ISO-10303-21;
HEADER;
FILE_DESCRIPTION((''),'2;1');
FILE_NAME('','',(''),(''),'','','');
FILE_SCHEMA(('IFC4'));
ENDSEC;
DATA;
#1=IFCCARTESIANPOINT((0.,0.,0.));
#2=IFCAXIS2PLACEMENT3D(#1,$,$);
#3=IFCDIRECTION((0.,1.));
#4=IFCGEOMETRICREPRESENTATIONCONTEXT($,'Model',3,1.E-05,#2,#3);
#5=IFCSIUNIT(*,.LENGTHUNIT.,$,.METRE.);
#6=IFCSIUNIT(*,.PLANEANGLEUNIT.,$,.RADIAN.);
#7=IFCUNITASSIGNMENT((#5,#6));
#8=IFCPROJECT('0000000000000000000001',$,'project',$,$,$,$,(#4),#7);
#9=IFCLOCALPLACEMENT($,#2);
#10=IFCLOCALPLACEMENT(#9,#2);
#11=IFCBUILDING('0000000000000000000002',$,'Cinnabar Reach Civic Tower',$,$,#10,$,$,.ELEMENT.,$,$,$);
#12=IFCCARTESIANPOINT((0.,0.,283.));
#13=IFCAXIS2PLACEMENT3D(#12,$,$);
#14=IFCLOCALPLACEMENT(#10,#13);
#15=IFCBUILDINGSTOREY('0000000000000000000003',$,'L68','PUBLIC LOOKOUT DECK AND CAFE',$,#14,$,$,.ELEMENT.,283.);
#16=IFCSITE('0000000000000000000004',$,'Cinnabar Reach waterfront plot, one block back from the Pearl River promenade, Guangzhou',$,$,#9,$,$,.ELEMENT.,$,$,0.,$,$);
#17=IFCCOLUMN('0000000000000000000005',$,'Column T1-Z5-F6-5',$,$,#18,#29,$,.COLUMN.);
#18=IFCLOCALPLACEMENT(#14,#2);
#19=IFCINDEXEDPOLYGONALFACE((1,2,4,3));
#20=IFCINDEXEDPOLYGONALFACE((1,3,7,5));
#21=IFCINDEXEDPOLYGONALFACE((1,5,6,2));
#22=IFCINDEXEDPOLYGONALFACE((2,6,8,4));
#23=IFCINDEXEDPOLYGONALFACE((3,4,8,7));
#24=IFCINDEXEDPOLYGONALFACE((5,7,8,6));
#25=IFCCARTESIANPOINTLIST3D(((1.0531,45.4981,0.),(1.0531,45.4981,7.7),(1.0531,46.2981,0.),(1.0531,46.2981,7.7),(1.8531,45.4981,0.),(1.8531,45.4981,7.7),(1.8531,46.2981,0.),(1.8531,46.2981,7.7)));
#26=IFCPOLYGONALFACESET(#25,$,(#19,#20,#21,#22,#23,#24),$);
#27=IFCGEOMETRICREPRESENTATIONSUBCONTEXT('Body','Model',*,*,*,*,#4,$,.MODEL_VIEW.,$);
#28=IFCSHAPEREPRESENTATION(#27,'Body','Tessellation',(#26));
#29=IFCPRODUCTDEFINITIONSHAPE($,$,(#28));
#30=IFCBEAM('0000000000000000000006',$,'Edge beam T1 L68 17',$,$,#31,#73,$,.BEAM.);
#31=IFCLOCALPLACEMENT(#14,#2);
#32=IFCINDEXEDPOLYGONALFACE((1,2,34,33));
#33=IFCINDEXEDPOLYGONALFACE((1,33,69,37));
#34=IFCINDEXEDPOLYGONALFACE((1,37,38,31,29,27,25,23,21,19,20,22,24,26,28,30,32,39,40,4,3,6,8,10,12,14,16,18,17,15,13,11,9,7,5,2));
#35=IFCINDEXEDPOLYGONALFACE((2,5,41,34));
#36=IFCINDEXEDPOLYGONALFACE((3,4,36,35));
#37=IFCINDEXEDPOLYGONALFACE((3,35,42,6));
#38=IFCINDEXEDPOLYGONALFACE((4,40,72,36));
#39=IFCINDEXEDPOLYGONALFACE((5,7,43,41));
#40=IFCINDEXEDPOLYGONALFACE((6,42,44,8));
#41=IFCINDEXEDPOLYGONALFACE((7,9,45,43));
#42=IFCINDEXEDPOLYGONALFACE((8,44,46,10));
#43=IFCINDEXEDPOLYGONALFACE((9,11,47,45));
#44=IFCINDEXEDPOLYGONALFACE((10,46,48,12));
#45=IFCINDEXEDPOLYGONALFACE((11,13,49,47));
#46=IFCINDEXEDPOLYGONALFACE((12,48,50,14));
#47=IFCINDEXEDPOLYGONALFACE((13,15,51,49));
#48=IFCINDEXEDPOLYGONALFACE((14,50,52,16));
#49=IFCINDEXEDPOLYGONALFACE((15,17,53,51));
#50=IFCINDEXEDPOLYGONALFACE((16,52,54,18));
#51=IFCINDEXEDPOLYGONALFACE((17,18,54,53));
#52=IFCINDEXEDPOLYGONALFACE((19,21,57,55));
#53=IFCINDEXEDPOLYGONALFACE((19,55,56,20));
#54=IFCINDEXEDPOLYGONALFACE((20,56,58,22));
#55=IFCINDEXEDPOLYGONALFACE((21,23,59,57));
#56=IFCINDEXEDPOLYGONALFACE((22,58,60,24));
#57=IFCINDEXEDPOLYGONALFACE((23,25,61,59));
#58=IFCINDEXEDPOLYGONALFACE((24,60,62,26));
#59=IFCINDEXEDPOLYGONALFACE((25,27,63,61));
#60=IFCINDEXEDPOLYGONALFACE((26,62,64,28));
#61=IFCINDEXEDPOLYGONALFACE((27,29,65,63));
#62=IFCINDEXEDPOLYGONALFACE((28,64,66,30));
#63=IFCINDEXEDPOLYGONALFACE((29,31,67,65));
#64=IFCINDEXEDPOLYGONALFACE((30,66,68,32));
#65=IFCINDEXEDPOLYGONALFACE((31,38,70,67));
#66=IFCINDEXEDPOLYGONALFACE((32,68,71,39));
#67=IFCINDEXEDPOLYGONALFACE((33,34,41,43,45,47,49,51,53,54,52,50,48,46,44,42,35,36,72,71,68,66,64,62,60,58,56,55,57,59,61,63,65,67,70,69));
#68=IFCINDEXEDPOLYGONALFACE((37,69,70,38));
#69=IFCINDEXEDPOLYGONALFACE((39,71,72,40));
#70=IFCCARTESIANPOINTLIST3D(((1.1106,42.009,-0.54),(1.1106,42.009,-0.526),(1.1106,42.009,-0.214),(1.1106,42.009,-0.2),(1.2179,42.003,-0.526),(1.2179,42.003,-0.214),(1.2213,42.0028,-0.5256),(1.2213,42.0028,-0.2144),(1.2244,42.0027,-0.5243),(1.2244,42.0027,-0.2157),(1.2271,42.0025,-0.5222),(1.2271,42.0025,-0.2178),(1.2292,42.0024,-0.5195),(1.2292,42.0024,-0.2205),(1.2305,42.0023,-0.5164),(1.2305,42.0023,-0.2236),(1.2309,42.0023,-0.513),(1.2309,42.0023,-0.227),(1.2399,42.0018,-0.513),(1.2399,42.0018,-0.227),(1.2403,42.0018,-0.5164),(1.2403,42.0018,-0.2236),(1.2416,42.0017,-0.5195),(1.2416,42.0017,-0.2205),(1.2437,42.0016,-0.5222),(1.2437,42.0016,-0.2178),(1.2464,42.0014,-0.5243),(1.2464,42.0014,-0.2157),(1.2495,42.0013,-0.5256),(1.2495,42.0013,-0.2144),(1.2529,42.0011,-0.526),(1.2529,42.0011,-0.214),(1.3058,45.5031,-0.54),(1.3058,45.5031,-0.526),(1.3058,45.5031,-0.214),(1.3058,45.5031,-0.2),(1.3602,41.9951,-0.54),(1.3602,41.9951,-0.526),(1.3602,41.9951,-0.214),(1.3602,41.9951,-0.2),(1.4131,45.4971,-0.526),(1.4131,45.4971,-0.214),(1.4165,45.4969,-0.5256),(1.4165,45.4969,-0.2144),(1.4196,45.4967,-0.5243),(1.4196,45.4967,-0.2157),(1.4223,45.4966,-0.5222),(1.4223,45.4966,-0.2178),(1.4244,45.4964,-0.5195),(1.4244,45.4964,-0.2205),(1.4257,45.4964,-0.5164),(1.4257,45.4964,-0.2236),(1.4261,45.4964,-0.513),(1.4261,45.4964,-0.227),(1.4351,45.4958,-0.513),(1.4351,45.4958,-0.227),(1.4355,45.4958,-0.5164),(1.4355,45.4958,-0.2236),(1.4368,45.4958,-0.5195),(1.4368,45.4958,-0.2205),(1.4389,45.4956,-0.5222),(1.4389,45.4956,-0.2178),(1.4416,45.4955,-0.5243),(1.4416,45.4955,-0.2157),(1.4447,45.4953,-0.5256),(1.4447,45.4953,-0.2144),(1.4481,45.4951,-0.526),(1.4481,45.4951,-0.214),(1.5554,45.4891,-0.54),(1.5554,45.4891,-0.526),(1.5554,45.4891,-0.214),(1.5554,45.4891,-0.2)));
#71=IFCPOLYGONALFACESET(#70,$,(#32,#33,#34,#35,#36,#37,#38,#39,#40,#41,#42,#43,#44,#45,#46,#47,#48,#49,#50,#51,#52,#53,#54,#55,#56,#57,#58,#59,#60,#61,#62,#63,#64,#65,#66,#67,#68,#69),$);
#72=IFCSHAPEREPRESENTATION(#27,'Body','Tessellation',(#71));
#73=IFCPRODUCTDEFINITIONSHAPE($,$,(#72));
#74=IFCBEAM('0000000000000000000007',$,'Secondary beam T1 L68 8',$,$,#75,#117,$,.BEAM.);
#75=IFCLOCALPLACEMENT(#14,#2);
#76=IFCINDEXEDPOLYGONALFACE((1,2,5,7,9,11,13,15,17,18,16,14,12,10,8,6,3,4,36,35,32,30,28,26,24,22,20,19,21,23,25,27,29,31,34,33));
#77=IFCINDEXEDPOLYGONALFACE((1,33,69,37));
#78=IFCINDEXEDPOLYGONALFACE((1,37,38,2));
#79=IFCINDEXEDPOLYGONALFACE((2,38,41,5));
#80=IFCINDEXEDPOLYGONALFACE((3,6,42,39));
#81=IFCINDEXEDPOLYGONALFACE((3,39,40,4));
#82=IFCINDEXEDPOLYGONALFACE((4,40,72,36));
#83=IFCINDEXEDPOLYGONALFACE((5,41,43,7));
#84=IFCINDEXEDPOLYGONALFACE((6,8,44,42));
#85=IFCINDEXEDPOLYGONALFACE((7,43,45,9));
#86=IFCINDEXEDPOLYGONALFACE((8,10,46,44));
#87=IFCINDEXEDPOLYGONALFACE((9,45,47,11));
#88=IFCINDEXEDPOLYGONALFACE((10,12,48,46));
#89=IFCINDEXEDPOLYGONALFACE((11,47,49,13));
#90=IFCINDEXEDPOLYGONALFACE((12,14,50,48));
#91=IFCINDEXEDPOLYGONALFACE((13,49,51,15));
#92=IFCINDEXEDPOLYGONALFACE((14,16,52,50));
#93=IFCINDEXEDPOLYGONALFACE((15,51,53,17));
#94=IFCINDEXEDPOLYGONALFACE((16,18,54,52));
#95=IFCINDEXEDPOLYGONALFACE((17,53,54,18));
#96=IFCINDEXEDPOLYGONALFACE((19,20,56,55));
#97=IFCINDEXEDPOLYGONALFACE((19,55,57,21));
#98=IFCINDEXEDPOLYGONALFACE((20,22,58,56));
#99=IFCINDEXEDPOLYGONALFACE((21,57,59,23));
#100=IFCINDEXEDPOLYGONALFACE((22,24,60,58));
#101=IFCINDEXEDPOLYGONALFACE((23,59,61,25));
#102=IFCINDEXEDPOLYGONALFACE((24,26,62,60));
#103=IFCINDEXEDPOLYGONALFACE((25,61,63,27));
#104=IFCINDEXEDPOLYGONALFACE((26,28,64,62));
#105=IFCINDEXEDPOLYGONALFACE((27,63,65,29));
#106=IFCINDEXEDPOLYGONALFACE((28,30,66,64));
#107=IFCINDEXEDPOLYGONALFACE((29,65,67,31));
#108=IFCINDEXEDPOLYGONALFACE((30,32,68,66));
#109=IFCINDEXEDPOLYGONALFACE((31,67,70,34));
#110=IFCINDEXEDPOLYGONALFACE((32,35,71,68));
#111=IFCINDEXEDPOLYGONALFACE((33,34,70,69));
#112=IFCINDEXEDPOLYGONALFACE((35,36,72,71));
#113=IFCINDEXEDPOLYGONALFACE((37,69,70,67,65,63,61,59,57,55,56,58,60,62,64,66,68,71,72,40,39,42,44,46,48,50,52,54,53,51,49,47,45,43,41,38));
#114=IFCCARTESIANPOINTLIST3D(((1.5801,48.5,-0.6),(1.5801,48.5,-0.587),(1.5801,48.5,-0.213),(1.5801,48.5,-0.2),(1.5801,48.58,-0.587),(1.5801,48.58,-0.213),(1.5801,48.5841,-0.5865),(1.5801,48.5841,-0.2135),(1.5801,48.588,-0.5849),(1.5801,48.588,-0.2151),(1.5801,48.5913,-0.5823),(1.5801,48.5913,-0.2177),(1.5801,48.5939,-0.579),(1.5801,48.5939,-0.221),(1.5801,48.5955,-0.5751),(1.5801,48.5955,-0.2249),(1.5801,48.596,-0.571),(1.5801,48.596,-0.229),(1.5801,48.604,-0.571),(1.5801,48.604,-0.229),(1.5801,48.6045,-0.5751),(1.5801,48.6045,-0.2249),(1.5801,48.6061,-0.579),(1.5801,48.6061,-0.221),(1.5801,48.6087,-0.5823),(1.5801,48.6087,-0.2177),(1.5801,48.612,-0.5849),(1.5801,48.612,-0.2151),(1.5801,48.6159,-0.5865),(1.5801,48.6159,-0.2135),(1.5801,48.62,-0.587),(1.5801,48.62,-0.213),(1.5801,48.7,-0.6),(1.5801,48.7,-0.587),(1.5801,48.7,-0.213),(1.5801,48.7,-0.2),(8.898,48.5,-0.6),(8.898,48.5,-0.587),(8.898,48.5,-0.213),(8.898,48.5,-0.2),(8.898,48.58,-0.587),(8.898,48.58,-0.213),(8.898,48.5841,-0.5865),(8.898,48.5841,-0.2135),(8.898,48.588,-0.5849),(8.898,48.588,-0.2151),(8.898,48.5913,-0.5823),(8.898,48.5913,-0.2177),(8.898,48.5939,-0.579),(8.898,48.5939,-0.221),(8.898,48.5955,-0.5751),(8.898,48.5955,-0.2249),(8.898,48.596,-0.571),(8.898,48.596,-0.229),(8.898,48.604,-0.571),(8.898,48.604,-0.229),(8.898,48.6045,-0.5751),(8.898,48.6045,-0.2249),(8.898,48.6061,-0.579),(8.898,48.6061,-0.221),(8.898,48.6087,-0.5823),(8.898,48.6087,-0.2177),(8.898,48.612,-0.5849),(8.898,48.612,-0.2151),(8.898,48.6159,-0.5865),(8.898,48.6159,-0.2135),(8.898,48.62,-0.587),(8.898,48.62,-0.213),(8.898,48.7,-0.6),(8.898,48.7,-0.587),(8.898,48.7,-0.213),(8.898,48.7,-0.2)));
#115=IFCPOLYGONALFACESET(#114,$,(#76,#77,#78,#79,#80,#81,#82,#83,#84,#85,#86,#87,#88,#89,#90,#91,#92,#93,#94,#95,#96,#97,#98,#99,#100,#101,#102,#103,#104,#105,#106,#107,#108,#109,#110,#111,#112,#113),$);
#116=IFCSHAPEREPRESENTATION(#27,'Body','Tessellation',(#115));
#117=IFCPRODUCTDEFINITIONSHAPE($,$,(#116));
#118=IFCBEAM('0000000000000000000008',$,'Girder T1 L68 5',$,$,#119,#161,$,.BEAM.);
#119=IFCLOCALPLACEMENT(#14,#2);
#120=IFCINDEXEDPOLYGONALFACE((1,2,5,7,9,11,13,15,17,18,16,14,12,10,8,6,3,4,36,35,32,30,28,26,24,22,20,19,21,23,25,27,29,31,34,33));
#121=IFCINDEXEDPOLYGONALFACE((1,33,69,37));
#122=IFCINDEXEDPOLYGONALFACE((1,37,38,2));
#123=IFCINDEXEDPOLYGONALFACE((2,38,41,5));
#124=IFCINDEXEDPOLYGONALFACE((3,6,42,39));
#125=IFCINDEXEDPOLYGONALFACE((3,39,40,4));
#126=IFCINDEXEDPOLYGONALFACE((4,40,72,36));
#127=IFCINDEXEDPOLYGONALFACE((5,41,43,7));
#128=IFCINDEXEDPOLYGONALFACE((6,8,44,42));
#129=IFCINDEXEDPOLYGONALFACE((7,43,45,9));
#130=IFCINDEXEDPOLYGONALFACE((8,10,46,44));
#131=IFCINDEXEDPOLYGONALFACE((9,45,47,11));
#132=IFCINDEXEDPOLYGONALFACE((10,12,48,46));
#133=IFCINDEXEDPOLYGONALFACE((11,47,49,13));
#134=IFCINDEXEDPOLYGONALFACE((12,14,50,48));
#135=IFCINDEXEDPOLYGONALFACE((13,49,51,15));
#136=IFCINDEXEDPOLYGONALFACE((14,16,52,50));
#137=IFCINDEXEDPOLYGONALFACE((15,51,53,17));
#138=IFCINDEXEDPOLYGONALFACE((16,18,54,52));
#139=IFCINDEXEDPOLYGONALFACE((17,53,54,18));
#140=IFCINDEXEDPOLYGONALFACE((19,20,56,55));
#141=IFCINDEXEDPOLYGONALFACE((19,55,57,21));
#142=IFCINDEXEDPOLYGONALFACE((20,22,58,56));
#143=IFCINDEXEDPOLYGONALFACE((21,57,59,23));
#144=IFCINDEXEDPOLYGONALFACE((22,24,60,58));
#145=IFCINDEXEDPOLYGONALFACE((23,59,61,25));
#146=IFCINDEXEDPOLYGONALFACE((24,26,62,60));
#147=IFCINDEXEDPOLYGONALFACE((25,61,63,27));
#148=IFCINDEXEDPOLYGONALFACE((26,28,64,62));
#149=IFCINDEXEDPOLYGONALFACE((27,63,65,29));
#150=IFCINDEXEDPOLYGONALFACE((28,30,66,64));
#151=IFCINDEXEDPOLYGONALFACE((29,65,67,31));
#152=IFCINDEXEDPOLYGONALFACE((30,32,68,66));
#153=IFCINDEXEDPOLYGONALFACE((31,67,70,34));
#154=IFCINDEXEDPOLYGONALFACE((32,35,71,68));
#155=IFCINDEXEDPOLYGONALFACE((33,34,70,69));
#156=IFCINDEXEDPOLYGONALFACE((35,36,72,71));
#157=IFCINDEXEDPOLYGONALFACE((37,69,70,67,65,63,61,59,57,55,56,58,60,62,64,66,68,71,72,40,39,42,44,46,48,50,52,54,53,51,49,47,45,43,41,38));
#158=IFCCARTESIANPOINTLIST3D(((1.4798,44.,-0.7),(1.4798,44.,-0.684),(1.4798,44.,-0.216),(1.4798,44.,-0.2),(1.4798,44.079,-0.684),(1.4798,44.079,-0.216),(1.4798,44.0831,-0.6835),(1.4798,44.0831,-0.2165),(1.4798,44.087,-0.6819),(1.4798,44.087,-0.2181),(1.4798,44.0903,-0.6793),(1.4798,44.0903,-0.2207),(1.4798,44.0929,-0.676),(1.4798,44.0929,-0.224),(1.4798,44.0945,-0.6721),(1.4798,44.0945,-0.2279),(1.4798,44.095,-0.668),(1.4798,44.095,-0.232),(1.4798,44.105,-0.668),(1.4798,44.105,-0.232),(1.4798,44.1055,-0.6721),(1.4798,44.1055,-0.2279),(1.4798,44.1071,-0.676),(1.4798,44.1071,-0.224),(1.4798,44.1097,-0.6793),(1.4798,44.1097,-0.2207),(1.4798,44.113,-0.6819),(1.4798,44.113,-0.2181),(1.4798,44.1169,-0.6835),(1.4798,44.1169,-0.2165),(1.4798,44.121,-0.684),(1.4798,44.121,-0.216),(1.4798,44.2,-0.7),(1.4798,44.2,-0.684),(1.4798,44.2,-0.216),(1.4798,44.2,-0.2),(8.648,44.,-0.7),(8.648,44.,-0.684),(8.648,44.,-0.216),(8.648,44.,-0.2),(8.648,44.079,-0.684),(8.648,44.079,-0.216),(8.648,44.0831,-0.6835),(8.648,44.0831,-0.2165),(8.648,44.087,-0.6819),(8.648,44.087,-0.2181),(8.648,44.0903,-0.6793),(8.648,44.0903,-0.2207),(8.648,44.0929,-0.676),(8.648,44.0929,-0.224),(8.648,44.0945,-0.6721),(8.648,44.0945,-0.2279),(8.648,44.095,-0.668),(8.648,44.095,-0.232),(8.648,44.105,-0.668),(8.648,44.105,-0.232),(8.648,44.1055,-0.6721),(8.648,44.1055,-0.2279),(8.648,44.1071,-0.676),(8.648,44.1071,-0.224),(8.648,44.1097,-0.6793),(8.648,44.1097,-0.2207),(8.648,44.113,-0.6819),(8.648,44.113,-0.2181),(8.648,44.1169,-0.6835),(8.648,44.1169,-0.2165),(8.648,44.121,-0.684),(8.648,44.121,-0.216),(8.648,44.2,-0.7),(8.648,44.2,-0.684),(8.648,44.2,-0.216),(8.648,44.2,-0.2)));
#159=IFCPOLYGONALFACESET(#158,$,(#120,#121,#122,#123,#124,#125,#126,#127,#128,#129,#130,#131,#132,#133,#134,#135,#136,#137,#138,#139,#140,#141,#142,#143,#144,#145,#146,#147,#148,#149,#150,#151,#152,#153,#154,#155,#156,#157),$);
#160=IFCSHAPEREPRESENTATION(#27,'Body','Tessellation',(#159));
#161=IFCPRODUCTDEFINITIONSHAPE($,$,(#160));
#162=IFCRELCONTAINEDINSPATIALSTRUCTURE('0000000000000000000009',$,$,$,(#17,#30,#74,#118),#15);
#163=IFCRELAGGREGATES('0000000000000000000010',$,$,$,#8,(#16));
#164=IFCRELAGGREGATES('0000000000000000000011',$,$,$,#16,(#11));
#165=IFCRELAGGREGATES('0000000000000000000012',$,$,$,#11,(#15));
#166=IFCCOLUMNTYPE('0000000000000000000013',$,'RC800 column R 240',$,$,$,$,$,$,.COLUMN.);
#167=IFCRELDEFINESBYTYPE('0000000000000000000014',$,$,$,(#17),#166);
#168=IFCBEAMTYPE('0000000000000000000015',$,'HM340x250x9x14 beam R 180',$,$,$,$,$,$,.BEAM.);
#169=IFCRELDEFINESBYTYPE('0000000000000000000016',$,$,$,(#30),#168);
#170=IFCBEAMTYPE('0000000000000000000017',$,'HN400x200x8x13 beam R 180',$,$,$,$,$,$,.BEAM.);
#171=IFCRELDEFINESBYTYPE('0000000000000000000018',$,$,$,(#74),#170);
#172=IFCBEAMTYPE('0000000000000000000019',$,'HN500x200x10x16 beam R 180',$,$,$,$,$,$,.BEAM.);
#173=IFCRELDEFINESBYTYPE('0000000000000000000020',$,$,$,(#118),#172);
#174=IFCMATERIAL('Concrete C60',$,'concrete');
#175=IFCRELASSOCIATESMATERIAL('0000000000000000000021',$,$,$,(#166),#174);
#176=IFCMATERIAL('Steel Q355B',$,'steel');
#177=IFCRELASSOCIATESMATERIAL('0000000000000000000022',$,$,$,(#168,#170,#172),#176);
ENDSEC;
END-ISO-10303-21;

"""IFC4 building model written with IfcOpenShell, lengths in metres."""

from ifc_helpers import new_model, si_unit, direction, frame, origin, origin_2d, place, context, subcontext, project, spatial, rectangle, i_section, extrude, material, material_profile, profile_set, type_object, element, save


model = new_model("IFC4")

# Units and contexts
model_context = context("Model", 3, precision=1e-05, world=origin(), true_north=direction((0.0, 1.0)))
body_context = subcontext(model_context, "Body", "Model", "MODEL_VIEW")
ifc_project = project(units=[si_unit("LENGTHUNIT", "METRE"), si_unit("PLANEANGLEUNIT", "RADIAN")], contexts=[model_context])

# Site, building, storey
site_placement = place(None, origin())
site = spatial("IfcSite", under=ifc_project, at=site_placement, Name="Cinnabar Reach waterfront plot, one block back from the Pearl River promenade, Guangzhou", CompositionType="ELEMENT", RefElevation=0.0)
building_placement = place(site_placement, origin())
building = spatial("IfcBuilding", under=site, at=building_placement, Name="Cinnabar Reach Civic Tower", CompositionType="ELEMENT")
storey_placement = place(building_placement, frame((0.0, 0.0, 283.0)))
storey = spatial("IfcBuildingStorey", under=building, at=storey_placement, Name="L68", Description="PUBLIC LOOKOUT DECK AND CAFE", CompositionType="ELEMENT", Elevation=283.0)

# Column
ifc_material_1 = material(Name="Concrete C60", Category="concrete")
ifc_material_profile_1 = material_profile(ifc_material_1, rectangle(XDim=0.8, YDim=0.8, at=origin_2d()), Name="RC800")
ifc_profile_set_1 = profile_set([ifc_material_profile_1], Name="Concrete C60")
column_type = type_object("IfcColumnType", Name="RC800 column R 240", PredefinedType="COLUMN", material=ifc_profile_set_1)
column_placement = place(storey_placement, frame((1.4531, 45.8981, 0.0), z_axis=(0.0, 0.0, 1.0), x_axis=(1.0, 0.0, 0.0)))
element("IfcColumn", 1, at=column_placement, inside=storey, type_object=column_type, Name="Column T1-Z5-F6-5", PredefinedType="COLUMN", context=body_context, shape_type="SweptSolid", body=[
    extrude(rectangle(XDim=0.8, YDim=0.8, at=origin_2d()), origin(), (0.0, 0.0, 1.0), 7.7),
])

# Beams
ifc_material_2 = material(Name="Steel Q355B", Category="steel")
ifc_material_profile_2 = material_profile(ifc_material_2, i_section(OverallWidth=0.25, OverallDepth=0.34, WebThickness=0.009, FlangeThickness=0.014, FilletRadius=0.013, at=origin_2d()), Name="HM340x250x9x14")
ifc_profile_set_2 = profile_set([ifc_material_profile_2], Name="Steel Q355B")
beam_type_1 = type_object("IfcBeamType", Name="HM340x250x9x14 beam R 180", PredefinedType="BEAM", material=ifc_profile_set_2)
beam_1_placement = place(storey_placement, frame((1.4306, 45.4961, -0.37), z_axis=(-0.055779, -0.998443, 0.0), x_axis=(0.998443, -0.055779, 0.0)))
element("IfcBeam", 2, at=beam_1_placement, inside=storey, type_object=beam_type_1, Name="Edge beam T1 L68 17", PredefinedType="BEAM", context=body_context, shape_type="SweptSolid", body=[
    extrude(i_section(OverallWidth=0.25, OverallDepth=0.34, WebThickness=0.009, FlangeThickness=0.014, FilletRadius=0.013, at=origin_2d()), origin(), (0.0, 0.0, 1.0), 3.4995),
])
ifc_material_profile_3 = material_profile(ifc_material_2, i_section(OverallWidth=0.2, OverallDepth=0.4, WebThickness=0.008, FlangeThickness=0.013, FilletRadius=0.016, at=origin_2d()), Name="HN400x200x8x13")
ifc_profile_set_3 = profile_set([ifc_material_profile_3], Name="Steel Q355B")
beam_type_2 = type_object("IfcBeamType", Name="HN400x200x8x13 beam R 180", PredefinedType="BEAM", material=ifc_profile_set_3)
beam_2_placement = place(storey_placement, frame((1.5801, 48.6, -0.4), z_axis=(1.0, 0.0, 0.0), x_axis=(0.0, 1.0, 0.0)))
element("IfcBeam", 3, at=beam_2_placement, inside=storey, type_object=beam_type_2, Name="Secondary beam T1 L68 8", PredefinedType="BEAM", context=body_context, shape_type="SweptSolid", body=[
    extrude(i_section(OverallWidth=0.2, OverallDepth=0.4, WebThickness=0.008, FlangeThickness=0.013, FilletRadius=0.016, at=origin_2d()), origin(), (0.0, 0.0, 1.0), 7.3179),
])
ifc_material_profile_4 = material_profile(ifc_material_2, i_section(OverallWidth=0.2, OverallDepth=0.5, WebThickness=0.01, FlangeThickness=0.016, FilletRadius=0.016, at=origin_2d()), Name="HN500x200x10x16")
ifc_profile_set_4 = profile_set([ifc_material_profile_4], Name="Steel Q355B")
beam_type_3 = type_object("IfcBeamType", Name="HN500x200x10x16 beam R 180", PredefinedType="BEAM", material=ifc_profile_set_4)
beam_3_placement = place(storey_placement, frame((1.4798, 44.1, -0.45), z_axis=(1.0, 0.0, 0.0), x_axis=(0.0, 1.0, 0.0)))
element("IfcBeam", 4, at=beam_3_placement, inside=storey, type_object=beam_type_3, Name="Girder T1 L68 5", PredefinedType="BEAM", context=body_context, shape_type="SweptSolid", body=[
    extrude(i_section(OverallWidth=0.2, OverallDepth=0.5, WebThickness=0.01, FlangeThickness=0.016, FilletRadius=0.016, at=origin_2d()), origin(), (0.0, 0.0, 1.0), 7.1682),
])

save(model, "model.ifc")
